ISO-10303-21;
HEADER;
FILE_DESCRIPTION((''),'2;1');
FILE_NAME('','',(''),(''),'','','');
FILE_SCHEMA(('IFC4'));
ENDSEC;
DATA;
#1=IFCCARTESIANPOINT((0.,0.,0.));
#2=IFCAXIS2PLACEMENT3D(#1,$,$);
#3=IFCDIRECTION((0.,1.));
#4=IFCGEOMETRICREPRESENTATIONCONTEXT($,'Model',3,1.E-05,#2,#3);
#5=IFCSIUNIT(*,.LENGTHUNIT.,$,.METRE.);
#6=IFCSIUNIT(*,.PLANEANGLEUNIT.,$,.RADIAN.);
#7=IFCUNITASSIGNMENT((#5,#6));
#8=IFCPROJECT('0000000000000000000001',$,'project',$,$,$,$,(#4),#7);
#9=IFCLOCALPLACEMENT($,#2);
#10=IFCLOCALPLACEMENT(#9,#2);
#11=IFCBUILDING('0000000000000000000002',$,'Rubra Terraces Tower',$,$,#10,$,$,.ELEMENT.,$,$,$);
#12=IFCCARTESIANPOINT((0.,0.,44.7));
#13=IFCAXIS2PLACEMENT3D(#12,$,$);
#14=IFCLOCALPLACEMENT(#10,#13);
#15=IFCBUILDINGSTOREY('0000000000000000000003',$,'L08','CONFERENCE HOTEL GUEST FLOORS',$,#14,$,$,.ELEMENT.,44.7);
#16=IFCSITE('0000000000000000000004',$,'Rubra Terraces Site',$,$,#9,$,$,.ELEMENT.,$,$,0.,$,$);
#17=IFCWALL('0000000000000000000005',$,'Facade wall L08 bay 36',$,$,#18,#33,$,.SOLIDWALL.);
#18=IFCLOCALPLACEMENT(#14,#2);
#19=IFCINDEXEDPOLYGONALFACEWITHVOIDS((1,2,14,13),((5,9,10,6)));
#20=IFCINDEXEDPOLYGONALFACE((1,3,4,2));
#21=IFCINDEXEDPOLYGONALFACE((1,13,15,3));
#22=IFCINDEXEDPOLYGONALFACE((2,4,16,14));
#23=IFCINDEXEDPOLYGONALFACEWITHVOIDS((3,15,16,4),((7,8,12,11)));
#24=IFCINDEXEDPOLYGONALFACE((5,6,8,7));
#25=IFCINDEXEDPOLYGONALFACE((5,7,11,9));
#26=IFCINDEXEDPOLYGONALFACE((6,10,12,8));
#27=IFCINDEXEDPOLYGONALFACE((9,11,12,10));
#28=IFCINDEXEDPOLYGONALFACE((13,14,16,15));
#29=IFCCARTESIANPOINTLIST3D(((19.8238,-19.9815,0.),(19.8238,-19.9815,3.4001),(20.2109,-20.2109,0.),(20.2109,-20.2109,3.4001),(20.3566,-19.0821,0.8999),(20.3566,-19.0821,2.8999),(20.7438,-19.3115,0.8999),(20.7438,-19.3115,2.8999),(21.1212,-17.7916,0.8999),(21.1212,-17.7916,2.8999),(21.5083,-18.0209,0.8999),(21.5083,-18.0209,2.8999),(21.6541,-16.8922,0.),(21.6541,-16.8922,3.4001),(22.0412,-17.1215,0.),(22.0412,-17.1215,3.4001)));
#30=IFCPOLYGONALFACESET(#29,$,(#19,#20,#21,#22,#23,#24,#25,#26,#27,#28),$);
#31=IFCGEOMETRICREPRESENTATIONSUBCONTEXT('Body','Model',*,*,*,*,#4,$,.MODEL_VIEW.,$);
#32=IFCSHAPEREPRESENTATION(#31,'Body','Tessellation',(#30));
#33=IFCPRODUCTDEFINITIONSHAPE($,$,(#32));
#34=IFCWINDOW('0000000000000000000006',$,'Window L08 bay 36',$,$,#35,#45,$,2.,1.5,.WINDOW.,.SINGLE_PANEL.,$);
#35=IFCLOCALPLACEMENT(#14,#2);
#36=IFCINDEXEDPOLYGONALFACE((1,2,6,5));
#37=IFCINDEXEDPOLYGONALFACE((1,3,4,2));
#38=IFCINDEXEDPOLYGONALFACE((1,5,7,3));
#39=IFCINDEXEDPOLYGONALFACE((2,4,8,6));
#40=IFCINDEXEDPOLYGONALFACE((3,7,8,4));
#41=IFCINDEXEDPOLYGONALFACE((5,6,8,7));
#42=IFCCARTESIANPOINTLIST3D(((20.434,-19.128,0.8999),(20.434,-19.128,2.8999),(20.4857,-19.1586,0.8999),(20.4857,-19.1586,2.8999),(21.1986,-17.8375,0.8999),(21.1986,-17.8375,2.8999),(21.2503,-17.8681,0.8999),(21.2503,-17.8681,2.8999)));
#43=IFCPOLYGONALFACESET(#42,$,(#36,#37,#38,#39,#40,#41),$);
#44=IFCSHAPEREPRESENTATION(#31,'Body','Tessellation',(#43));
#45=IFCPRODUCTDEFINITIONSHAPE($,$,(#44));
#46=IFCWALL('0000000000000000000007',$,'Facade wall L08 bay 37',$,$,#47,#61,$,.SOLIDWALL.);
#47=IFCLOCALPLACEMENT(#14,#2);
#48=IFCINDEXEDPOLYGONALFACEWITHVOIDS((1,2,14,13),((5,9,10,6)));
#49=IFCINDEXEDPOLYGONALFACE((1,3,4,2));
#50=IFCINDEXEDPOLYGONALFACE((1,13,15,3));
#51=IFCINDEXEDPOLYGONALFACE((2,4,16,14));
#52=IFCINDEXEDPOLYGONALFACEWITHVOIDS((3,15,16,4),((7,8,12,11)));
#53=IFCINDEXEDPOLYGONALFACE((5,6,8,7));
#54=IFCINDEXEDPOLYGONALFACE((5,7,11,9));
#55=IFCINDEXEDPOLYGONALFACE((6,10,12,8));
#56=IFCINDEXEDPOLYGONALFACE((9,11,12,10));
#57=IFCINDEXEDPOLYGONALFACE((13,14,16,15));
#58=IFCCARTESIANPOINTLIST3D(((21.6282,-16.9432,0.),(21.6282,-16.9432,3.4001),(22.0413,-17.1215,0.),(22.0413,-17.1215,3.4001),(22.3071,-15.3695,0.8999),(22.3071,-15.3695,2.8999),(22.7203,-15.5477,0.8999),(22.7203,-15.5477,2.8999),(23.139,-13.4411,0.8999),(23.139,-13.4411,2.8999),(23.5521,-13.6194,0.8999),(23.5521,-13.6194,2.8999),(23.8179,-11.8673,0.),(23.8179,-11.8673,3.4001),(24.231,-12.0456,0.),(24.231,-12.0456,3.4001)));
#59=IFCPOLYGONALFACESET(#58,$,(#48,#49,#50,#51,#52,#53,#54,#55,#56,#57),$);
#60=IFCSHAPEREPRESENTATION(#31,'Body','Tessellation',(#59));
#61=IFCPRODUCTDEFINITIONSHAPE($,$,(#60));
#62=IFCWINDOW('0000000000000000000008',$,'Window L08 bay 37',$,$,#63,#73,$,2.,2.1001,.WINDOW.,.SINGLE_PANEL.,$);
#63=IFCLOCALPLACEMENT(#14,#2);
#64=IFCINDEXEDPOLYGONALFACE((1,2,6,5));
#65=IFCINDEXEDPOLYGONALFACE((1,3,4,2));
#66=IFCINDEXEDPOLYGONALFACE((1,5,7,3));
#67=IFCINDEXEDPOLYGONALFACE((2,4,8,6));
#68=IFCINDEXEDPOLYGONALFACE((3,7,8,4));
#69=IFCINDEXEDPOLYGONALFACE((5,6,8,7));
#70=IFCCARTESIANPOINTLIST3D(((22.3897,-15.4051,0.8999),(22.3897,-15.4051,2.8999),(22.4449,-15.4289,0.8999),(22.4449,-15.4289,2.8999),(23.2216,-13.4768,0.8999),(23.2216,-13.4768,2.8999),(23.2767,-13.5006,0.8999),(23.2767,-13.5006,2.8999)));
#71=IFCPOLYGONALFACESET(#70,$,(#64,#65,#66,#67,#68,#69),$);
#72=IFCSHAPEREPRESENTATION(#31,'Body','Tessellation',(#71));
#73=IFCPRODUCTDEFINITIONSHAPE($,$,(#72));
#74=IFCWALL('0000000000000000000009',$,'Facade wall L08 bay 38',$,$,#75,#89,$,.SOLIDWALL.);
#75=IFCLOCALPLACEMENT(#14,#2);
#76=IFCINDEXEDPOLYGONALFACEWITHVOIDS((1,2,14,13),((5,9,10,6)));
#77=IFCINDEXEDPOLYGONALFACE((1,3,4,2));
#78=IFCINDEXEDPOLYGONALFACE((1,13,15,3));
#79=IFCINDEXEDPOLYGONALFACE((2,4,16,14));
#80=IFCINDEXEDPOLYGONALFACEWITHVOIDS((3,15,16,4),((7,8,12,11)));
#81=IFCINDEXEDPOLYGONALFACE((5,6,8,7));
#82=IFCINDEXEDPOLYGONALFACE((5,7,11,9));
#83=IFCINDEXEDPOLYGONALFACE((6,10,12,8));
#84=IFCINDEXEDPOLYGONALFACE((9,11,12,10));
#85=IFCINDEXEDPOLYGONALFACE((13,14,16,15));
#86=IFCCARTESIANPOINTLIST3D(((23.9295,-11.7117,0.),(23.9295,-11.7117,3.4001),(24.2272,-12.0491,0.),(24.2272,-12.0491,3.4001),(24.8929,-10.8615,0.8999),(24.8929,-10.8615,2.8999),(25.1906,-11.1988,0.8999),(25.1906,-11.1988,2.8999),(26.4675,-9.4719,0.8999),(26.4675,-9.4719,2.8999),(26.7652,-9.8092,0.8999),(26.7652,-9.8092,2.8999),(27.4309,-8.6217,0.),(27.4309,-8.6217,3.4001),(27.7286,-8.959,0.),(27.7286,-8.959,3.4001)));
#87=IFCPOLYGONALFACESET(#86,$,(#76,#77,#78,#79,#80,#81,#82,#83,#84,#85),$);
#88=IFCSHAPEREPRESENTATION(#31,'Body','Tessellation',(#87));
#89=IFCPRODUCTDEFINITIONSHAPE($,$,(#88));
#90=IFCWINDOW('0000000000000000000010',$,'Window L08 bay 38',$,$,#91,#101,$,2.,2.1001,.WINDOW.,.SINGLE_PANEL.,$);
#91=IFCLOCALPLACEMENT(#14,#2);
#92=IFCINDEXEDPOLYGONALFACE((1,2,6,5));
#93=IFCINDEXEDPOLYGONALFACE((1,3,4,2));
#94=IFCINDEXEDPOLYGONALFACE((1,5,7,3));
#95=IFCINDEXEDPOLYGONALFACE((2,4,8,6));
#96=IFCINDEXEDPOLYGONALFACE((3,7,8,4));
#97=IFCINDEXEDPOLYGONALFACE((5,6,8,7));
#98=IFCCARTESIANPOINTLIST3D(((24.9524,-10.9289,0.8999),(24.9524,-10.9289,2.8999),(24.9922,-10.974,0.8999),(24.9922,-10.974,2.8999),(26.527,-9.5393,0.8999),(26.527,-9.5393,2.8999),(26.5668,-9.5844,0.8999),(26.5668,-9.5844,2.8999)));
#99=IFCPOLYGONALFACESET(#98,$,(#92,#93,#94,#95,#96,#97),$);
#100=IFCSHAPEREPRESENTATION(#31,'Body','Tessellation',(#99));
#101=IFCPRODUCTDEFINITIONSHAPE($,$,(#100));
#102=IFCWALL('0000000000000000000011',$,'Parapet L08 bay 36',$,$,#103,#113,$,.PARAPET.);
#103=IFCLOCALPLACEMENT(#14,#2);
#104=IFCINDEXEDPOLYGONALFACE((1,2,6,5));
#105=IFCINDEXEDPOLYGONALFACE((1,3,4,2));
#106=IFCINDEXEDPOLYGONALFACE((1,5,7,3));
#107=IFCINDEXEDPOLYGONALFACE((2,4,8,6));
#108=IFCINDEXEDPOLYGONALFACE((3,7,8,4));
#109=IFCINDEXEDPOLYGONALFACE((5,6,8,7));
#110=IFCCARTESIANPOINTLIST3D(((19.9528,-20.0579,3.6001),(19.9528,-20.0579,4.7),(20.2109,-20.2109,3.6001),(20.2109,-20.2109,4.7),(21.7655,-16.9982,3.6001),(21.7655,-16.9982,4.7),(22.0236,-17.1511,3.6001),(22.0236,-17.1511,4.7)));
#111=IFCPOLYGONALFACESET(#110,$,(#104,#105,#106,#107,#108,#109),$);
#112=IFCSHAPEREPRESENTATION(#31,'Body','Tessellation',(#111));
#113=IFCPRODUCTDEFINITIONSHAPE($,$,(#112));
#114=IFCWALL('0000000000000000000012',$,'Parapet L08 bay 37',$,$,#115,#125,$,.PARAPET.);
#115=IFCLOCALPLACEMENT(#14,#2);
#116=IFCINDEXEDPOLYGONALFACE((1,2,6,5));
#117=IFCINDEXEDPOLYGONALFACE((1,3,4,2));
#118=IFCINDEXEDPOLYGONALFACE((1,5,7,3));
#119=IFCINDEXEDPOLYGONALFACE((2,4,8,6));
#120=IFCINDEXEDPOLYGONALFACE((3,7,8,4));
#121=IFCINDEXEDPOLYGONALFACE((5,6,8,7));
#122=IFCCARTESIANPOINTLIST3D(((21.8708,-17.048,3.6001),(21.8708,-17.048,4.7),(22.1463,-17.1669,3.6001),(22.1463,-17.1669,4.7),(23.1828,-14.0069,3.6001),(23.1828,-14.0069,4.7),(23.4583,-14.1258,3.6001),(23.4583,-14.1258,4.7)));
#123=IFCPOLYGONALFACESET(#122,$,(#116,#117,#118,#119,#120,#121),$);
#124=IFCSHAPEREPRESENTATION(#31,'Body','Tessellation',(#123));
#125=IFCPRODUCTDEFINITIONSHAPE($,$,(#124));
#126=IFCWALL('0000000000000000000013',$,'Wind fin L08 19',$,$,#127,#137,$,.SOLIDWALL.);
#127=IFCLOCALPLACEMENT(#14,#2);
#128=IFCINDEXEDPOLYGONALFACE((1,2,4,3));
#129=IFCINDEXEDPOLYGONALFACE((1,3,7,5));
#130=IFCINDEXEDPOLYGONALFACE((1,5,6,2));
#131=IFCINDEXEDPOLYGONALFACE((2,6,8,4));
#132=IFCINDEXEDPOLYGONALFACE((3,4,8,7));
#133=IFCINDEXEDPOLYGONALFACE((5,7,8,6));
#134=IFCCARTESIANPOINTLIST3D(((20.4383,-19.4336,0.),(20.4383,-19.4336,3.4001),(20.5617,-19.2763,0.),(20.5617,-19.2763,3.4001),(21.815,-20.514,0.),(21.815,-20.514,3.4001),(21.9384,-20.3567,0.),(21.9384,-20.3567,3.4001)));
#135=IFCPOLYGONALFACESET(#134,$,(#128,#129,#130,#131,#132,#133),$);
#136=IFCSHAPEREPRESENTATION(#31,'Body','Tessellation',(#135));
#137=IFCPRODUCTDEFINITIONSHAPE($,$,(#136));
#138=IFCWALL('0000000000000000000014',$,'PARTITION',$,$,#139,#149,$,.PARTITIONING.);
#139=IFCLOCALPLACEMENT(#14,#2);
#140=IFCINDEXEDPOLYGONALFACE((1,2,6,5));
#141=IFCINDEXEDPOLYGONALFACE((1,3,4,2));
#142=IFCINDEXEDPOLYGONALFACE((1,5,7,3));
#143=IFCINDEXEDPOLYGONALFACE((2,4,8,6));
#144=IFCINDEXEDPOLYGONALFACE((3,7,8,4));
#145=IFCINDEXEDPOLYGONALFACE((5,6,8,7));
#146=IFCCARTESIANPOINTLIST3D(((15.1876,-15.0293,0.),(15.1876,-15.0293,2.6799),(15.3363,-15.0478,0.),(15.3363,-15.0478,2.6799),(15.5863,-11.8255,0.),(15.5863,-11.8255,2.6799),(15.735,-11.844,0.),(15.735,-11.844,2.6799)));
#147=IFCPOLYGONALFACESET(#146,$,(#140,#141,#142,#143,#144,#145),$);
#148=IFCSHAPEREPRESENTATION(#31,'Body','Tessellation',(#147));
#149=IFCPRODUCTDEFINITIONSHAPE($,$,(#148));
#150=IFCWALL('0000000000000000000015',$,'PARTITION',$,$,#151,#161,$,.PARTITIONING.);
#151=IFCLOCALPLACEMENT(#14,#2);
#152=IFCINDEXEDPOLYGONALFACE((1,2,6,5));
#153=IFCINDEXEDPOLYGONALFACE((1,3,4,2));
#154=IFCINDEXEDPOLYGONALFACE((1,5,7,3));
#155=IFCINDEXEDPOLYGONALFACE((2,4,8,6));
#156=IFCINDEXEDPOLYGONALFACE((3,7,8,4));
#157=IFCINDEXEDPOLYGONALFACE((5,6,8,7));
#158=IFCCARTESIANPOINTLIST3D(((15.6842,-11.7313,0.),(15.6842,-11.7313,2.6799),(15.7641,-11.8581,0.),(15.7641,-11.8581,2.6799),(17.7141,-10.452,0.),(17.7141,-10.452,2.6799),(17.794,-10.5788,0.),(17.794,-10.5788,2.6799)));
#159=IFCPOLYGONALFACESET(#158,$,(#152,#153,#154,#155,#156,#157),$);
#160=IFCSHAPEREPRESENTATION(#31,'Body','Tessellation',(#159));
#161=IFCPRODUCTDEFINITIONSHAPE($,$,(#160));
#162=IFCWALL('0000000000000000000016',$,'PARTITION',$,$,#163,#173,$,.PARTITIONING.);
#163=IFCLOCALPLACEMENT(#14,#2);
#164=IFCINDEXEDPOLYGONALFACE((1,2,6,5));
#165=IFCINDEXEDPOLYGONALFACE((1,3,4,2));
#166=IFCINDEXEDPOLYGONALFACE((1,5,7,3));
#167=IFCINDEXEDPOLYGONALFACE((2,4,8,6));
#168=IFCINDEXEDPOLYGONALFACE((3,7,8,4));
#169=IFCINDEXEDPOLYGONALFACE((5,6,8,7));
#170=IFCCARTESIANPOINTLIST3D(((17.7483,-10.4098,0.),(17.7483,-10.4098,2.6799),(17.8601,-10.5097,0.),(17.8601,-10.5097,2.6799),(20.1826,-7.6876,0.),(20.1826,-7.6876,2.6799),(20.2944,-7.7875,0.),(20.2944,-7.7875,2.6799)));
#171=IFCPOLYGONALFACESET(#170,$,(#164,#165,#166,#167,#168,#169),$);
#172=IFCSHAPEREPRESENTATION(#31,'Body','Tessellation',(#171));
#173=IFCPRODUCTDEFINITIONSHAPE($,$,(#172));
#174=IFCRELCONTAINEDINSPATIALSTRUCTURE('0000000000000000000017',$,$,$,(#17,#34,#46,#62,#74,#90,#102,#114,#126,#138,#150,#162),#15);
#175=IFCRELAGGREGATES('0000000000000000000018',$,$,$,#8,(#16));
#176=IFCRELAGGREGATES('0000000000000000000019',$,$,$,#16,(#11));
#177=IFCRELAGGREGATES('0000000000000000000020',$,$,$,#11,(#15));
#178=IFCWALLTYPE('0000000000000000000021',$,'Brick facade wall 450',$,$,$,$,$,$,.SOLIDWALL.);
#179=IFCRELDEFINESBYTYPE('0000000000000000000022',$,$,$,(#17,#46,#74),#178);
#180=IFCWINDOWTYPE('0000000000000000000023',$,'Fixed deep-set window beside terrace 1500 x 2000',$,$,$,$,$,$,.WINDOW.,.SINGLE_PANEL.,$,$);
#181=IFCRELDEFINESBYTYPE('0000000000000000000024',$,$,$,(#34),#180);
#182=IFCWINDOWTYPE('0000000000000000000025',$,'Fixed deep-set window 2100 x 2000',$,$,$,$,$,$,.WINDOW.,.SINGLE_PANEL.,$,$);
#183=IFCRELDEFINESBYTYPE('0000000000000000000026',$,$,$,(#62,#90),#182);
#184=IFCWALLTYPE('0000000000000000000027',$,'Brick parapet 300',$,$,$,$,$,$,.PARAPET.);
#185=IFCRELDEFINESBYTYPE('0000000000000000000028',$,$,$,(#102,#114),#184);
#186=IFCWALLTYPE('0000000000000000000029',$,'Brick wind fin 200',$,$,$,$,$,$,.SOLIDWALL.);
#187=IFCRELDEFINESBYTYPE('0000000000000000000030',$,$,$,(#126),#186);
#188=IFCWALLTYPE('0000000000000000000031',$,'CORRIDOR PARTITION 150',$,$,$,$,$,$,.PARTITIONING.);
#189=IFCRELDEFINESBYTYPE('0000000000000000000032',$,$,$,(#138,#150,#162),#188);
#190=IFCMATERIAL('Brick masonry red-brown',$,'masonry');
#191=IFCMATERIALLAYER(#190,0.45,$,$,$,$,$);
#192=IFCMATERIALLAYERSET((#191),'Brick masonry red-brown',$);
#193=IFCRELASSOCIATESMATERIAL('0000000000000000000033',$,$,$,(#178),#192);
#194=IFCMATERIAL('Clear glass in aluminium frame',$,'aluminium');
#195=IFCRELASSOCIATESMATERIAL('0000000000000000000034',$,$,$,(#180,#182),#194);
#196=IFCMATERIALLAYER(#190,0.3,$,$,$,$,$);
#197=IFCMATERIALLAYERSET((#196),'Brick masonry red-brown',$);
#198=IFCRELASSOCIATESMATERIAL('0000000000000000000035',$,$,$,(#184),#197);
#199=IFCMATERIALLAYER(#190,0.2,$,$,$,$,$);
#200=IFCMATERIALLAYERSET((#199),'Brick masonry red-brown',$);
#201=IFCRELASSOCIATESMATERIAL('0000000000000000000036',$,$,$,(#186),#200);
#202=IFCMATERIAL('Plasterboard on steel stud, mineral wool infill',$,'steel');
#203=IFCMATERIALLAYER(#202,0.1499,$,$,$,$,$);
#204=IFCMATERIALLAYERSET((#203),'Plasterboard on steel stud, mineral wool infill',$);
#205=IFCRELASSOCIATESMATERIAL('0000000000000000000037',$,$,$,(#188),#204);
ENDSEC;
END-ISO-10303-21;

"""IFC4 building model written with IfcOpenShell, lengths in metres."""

from ifc_helpers import new_model, si_unit, direction, frame, frame_2d, origin, place, context, subcontext, project, spatial, rectangle, extrude, material, layer, layer_set, type_object, element, fill, save


model = new_model("IFC4")

# Units and contexts
model_context = context("Model", 3, precision=1e-05, world=origin(), true_north=direction((0.0, 1.0)))
body_context = subcontext(model_context, "Body", "Model", "MODEL_VIEW")
ifc_project = project(units=[si_unit("LENGTHUNIT", "METRE"), si_unit("PLANEANGLEUNIT", "RADIAN")], contexts=[model_context])

# Site, building, storey
site_placement = place(None, origin())
site = spatial("IfcSite", under=ifc_project, at=site_placement, Name="Rubra Terraces Site", CompositionType="ELEMENT", RefElevation=0.0)
building_placement = place(site_placement, origin())
building = spatial("IfcBuilding", under=site, at=building_placement, Name="Rubra Terraces Tower", CompositionType="ELEMENT")
storey_placement = place(building_placement, frame((0.0, 0.0, 44.7)))
storey = spatial("IfcBuildingStorey", under=building, at=storey_placement, Name="L08", Description="CONFERENCE HOTEL GUEST FLOORS", CompositionType="ELEMENT", Elevation=44.7)

# Shared definitions
ifc_material_1 = material(Name="Brick masonry red-brown", Category="masonry")

# Walls, openings, windows
ifc_layer_1 = layer(ifc_material_1, 0.45)
ifc_layer_set_1 = layer_set([ifc_layer_1], Name="Brick masonry red-brown")
wall_type_1 = type_object("IfcWallType", Name="Brick facade wall 450", PredefinedType="SOLIDWALL", material=ifc_layer_set_1)
wall_1_placement = place(storey_placement, frame((20.0173, -20.0962, 0.0), z_axis=(0.0, 0.0, 1.0), x_axis=(0.509719, 0.860341, 0.0)))
wall_1 = element("IfcWall", 1, at=wall_1_placement, inside=storey, type_object=wall_type_1, Name="Facade wall L08 bay 36", PredefinedType="SOLIDWALL", context=body_context, shape_type="SweptSolid", body=[
    extrude(rectangle(XDim=3.5908, YDim=0.45, at=frame_2d((1.7954, 0.0))), origin(), (0.0, 0.0, 1.0), 3.4001),
])
opening_1_placement = place(wall_1_placement, frame((1.0454, 0.0, 0.8999)))
opening_1 = element("IfcOpeningElement", 2, at=opening_1_placement, cuts=wall_1, PredefinedType="OPENING", context=body_context, shape_type="SweptSolid", body=[
    extrude(rectangle(XDim=1.5, YDim=2.0, at=frame_2d((0.75, 1.0))), frame((0.0, 0.2349, 0.0), z_axis=(0.0, -1.0, 0.0), x_axis=(1.0, 0.0, 0.0)), (0.0, 0.0, 1.0), 0.47),
])
ifc_material_2 = material(Name="Clear glass in aluminium frame", Category="aluminium")
window_type_1 = type_object("IfcWindowType", Name="Fixed deep-set window beside terrace 1500 x 2000", PartitioningType="SINGLE_PANEL", PredefinedType="WINDOW", material=ifc_material_2)
window_1_placement = place(opening_1_placement, origin())
window_1 = element("IfcWindow", 3, at=window_1_placement, inside=storey, type_object=window_type_1, Name="Window L08 bay 36", OverallHeight=2.0, OverallWidth=1.5, PartitioningType="SINGLE_PANEL", PredefinedType="WINDOW", context=body_context, shape_type="SweptSolid", body=[
    extrude(rectangle(XDim=1.5, YDim=2.0, at=frame_2d((0.75, 1.0))), frame((0.0, 0.135, 0.0), z_axis=(0.0, -1.0, 0.0), x_axis=(1.0, 0.0, 0.0)), (0.0, 0.0, 1.0), 0.0601),
])
fill(opening_1, window_1)
wall_2_placement = place(storey_placement, frame((21.8347, -17.0325, 0.0), z_axis=(0.0, 0.0, 1.0), x_axis=(0.396104, 0.918206, 0.0)))
wall_2 = element("IfcWall", 4, at=wall_2_placement, inside=storey, type_object=wall_type_1, Name="Facade wall L08 bay 37", PredefinedType="SOLIDWALL", context=body_context, shape_type="SweptSolid", body=[
    extrude(rectangle(XDim=5.5281, YDim=0.45, at=frame_2d((2.7642, 0.0))), origin(), (0.0, 0.0, 1.0), 3.4001),
])
opening_2_placement = place(wall_2_placement, frame((1.7141, 0.0, 0.8999)))
opening_2 = element("IfcOpeningElement", 5, at=opening_2_placement, cuts=wall_2, PredefinedType="OPENING", context=body_context, shape_type="SweptSolid", body=[
    extrude(rectangle(XDim=2.1001, YDim=2.0, at=frame_2d((1.05, 1.0))), frame((0.0, 0.2349, 0.0), z_axis=(0.0, -1.0, 0.0), x_axis=(1.0, 0.0, 0.0)), (0.0, 0.0, 1.0), 0.47),
])
window_type_2 = type_object("IfcWindowType", Name="Fixed deep-set window 2100 x 2000", PartitioningType="SINGLE_PANEL", PredefinedType="WINDOW", material=ifc_material_2)
window_2_placement = place(opening_2_placement, origin())
window_2 = element("IfcWindow", 6, at=window_2_placement, inside=storey, type_object=window_type_2, Name="Window L08 bay 37", OverallHeight=2.0, OverallWidth=2.1001, PartitioningType="SINGLE_PANEL", PredefinedType="WINDOW", context=body_context, shape_type="SweptSolid", body=[
    extrude(rectangle(XDim=2.1001, YDim=2.0, at=frame_2d((1.05, 1.0))), frame((0.0, 0.135, 0.0), z_axis=(0.0, -1.0, 0.0), x_axis=(1.0, 0.0, 0.0)), (0.0, 0.0, 1.0), 0.0601),
])
fill(opening_2, window_2)
wall_3_placement = place(storey_placement, frame((24.0784, -11.8804, 0.0), z_axis=(0.0, 0.0, 1.0), x_axis=(0.749778, 0.661689, 0.0)))
wall_3 = element("IfcWall", 7, at=wall_3_placement, inside=storey, type_object=wall_type_1, Name="Facade wall L08 bay 38", PredefinedType="SOLIDWALL", context=body_context, shape_type="SweptSolid", body=[
    extrude(rectangle(XDim=4.6699, YDim=0.45, at=frame_2d((2.335, 0.0))), origin(), (0.0, 0.0, 1.0), 3.4001),
])
opening_3_placement = place(wall_3_placement, frame((1.2849, 0.0, 0.8999)))
opening_3 = element("IfcOpeningElement", 8, at=opening_3_placement, cuts=wall_3, PredefinedType="OPENING", context=body_context, shape_type="SweptSolid", body=[
    extrude(rectangle(XDim=2.1001, YDim=2.0, at=frame_2d((1.05, 1.0))), frame((0.0, 0.2349, 0.0), z_axis=(0.0, -1.0, 0.0), x_axis=(1.0, 0.0, 0.0)), (0.0, 0.0, 1.0), 0.47),
])
window_3_placement = place(opening_3_placement, origin())
window_3 = element("IfcWindow", 9, at=window_3_placement, inside=storey, type_object=window_type_2, Name="Window L08 bay 38", OverallHeight=2.0, OverallWidth=2.1001, PartitioningType="SINGLE_PANEL", PredefinedType="WINDOW", context=body_context, shape_type="SweptSolid", body=[
    extrude(rectangle(XDim=2.1001, YDim=2.0, at=frame_2d((1.05, 1.0))), frame((0.0, 0.135, 0.0), z_axis=(0.0, -1.0, 0.0), x_axis=(1.0, 0.0, 0.0)), (0.0, 0.0, 1.0), 0.0601),
])
fill(opening_3, window_3)

# Walls
ifc_layer_2 = layer(ifc_material_1, 0.3)
ifc_layer_set_2 = layer_set([ifc_layer_2], Name="Brick masonry red-brown")
wall_type_2 = type_object("IfcWallType", Name="Brick parapet 300", PredefinedType="PARAPET", material=ifc_layer_set_2)
wall_4_placement = place(storey_placement, frame((20.0818, -20.1345, 3.6001), z_axis=(0.0, 0.0, 1.0), x_axis=(0.509703, 0.860351, 0.0)))
element("IfcWall", 10, at=wall_4_placement, inside=storey, type_object=wall_type_2, Name="Parapet L08 bay 36", PredefinedType="PARAPET", context=body_context, shape_type="SweptSolid", body=[
    extrude(rectangle(XDim=3.5564, YDim=0.3, at=frame_2d((1.7783, 0.0))), origin(), (0.0, 0.0, 1.0), 1.0999),
])
wall_5_placement = place(storey_placement, frame((22.0085, -17.1074, 3.6001), z_axis=(0.0, 0.0, 1.0), x_axis=(0.396142, 0.918189, 0.0)))
element("IfcWall", 11, at=wall_5_placement, inside=storey, type_object=wall_type_2, Name="Parapet L08 bay 37", PredefinedType="PARAPET", context=body_context, shape_type="SweptSolid", body=[
    extrude(rectangle(XDim=3.312, YDim=0.3, at=frame_2d((1.656, 0.0))), origin(), (0.0, 0.0, 1.0), 1.0999),
])
ifc_layer_3 = layer(ifc_material_1, 0.2)
ifc_layer_set_3 = layer_set([ifc_layer_3], Name="Brick masonry red-brown")
wall_type_3 = type_object("IfcWallType", Name="Brick wind fin 200", PredefinedType="SOLIDWALL", material=ifc_layer_set_3)
wall_6_placement = place(storey_placement, frame((20.5, -19.355, 0.0), z_axis=(0.0, 0.0, 1.0), x_axis=(0.786701, -0.617335, 0.0)))
element("IfcWall", 12, at=wall_6_placement, inside=storey, type_object=wall_type_3, Name="Wind fin L08 19", PredefinedType="SOLIDWALL", context=body_context, shape_type="SweptSolid", body=[
    extrude(rectangle(XDim=1.75, YDim=0.2, at=frame_2d((0.875, 0.0))), origin(), (0.0, 0.0, 1.0), 3.4001),
])
ifc_material_3 = material(Name="Plasterboard on steel stud, mineral wool infill", Category="steel")
ifc_layer_4 = layer(ifc_material_3, 0.1499)
ifc_layer_set_4 = layer_set([ifc_layer_4], Name="Plasterboard on steel stud, mineral wool infill")
wall_type_4 = type_object("IfcWallType", Name="CORRIDOR PARTITION 150", PredefinedType="PARTITIONING", material=ifc_layer_set_4)
wall_7_placement = place(storey_placement, frame((15.262, -15.0386, 0.0), z_axis=(0.0, 0.0, 1.0), x_axis=(0.123486, 0.992346, 0.0)))
element("IfcWall", 13, at=wall_7_placement, inside=storey, type_object=wall_type_4, Name="PARTITION", PredefinedType="PARTITIONING", context=body_context, shape_type="SweptSolid", body=[
    extrude(rectangle(XDim=3.2285, YDim=0.1499, at=frame_2d((1.6143, 0.0))), origin(), (0.0, 0.0, 1.0), 2.6799),
])
wall_8_placement = place(storey_placement, frame((15.7241, -11.7947, 0.0), z_axis=(0.0, 0.0, 1.0), x_axis=(0.84602, 0.533151, 0.0)))
element("IfcWall", 14, at=wall_8_placement, inside=storey, type_object=wall_type_4, Name="PARTITION", PredefinedType="PARTITIONING", context=body_context, shape_type="SweptSolid", body=[
    extrude(rectangle(XDim=2.3994, YDim=0.1499, at=frame_2d((1.1997, 0.0))), origin(), (0.0, 0.0, 1.0), 2.6799),
])
wall_9_placement = place(storey_placement, frame((17.8042, -10.4597, 0.0), z_axis=(0.0, 0.0, 1.0), x_axis=(0.666597, 0.745418, 0.0)))
element("IfcWall", 15, at=wall_9_placement, inside=storey, type_object=wall_type_4, Name="PARTITION", PredefinedType="PARTITIONING", context=body_context, shape_type="SweptSolid", body=[
    extrude(rectangle(XDim=3.6519, YDim=0.1499, at=frame_2d((1.8259, 0.0))), origin(), (0.0, 0.0, 1.0), 2.6799),
])

save(model, "model.ifc")
